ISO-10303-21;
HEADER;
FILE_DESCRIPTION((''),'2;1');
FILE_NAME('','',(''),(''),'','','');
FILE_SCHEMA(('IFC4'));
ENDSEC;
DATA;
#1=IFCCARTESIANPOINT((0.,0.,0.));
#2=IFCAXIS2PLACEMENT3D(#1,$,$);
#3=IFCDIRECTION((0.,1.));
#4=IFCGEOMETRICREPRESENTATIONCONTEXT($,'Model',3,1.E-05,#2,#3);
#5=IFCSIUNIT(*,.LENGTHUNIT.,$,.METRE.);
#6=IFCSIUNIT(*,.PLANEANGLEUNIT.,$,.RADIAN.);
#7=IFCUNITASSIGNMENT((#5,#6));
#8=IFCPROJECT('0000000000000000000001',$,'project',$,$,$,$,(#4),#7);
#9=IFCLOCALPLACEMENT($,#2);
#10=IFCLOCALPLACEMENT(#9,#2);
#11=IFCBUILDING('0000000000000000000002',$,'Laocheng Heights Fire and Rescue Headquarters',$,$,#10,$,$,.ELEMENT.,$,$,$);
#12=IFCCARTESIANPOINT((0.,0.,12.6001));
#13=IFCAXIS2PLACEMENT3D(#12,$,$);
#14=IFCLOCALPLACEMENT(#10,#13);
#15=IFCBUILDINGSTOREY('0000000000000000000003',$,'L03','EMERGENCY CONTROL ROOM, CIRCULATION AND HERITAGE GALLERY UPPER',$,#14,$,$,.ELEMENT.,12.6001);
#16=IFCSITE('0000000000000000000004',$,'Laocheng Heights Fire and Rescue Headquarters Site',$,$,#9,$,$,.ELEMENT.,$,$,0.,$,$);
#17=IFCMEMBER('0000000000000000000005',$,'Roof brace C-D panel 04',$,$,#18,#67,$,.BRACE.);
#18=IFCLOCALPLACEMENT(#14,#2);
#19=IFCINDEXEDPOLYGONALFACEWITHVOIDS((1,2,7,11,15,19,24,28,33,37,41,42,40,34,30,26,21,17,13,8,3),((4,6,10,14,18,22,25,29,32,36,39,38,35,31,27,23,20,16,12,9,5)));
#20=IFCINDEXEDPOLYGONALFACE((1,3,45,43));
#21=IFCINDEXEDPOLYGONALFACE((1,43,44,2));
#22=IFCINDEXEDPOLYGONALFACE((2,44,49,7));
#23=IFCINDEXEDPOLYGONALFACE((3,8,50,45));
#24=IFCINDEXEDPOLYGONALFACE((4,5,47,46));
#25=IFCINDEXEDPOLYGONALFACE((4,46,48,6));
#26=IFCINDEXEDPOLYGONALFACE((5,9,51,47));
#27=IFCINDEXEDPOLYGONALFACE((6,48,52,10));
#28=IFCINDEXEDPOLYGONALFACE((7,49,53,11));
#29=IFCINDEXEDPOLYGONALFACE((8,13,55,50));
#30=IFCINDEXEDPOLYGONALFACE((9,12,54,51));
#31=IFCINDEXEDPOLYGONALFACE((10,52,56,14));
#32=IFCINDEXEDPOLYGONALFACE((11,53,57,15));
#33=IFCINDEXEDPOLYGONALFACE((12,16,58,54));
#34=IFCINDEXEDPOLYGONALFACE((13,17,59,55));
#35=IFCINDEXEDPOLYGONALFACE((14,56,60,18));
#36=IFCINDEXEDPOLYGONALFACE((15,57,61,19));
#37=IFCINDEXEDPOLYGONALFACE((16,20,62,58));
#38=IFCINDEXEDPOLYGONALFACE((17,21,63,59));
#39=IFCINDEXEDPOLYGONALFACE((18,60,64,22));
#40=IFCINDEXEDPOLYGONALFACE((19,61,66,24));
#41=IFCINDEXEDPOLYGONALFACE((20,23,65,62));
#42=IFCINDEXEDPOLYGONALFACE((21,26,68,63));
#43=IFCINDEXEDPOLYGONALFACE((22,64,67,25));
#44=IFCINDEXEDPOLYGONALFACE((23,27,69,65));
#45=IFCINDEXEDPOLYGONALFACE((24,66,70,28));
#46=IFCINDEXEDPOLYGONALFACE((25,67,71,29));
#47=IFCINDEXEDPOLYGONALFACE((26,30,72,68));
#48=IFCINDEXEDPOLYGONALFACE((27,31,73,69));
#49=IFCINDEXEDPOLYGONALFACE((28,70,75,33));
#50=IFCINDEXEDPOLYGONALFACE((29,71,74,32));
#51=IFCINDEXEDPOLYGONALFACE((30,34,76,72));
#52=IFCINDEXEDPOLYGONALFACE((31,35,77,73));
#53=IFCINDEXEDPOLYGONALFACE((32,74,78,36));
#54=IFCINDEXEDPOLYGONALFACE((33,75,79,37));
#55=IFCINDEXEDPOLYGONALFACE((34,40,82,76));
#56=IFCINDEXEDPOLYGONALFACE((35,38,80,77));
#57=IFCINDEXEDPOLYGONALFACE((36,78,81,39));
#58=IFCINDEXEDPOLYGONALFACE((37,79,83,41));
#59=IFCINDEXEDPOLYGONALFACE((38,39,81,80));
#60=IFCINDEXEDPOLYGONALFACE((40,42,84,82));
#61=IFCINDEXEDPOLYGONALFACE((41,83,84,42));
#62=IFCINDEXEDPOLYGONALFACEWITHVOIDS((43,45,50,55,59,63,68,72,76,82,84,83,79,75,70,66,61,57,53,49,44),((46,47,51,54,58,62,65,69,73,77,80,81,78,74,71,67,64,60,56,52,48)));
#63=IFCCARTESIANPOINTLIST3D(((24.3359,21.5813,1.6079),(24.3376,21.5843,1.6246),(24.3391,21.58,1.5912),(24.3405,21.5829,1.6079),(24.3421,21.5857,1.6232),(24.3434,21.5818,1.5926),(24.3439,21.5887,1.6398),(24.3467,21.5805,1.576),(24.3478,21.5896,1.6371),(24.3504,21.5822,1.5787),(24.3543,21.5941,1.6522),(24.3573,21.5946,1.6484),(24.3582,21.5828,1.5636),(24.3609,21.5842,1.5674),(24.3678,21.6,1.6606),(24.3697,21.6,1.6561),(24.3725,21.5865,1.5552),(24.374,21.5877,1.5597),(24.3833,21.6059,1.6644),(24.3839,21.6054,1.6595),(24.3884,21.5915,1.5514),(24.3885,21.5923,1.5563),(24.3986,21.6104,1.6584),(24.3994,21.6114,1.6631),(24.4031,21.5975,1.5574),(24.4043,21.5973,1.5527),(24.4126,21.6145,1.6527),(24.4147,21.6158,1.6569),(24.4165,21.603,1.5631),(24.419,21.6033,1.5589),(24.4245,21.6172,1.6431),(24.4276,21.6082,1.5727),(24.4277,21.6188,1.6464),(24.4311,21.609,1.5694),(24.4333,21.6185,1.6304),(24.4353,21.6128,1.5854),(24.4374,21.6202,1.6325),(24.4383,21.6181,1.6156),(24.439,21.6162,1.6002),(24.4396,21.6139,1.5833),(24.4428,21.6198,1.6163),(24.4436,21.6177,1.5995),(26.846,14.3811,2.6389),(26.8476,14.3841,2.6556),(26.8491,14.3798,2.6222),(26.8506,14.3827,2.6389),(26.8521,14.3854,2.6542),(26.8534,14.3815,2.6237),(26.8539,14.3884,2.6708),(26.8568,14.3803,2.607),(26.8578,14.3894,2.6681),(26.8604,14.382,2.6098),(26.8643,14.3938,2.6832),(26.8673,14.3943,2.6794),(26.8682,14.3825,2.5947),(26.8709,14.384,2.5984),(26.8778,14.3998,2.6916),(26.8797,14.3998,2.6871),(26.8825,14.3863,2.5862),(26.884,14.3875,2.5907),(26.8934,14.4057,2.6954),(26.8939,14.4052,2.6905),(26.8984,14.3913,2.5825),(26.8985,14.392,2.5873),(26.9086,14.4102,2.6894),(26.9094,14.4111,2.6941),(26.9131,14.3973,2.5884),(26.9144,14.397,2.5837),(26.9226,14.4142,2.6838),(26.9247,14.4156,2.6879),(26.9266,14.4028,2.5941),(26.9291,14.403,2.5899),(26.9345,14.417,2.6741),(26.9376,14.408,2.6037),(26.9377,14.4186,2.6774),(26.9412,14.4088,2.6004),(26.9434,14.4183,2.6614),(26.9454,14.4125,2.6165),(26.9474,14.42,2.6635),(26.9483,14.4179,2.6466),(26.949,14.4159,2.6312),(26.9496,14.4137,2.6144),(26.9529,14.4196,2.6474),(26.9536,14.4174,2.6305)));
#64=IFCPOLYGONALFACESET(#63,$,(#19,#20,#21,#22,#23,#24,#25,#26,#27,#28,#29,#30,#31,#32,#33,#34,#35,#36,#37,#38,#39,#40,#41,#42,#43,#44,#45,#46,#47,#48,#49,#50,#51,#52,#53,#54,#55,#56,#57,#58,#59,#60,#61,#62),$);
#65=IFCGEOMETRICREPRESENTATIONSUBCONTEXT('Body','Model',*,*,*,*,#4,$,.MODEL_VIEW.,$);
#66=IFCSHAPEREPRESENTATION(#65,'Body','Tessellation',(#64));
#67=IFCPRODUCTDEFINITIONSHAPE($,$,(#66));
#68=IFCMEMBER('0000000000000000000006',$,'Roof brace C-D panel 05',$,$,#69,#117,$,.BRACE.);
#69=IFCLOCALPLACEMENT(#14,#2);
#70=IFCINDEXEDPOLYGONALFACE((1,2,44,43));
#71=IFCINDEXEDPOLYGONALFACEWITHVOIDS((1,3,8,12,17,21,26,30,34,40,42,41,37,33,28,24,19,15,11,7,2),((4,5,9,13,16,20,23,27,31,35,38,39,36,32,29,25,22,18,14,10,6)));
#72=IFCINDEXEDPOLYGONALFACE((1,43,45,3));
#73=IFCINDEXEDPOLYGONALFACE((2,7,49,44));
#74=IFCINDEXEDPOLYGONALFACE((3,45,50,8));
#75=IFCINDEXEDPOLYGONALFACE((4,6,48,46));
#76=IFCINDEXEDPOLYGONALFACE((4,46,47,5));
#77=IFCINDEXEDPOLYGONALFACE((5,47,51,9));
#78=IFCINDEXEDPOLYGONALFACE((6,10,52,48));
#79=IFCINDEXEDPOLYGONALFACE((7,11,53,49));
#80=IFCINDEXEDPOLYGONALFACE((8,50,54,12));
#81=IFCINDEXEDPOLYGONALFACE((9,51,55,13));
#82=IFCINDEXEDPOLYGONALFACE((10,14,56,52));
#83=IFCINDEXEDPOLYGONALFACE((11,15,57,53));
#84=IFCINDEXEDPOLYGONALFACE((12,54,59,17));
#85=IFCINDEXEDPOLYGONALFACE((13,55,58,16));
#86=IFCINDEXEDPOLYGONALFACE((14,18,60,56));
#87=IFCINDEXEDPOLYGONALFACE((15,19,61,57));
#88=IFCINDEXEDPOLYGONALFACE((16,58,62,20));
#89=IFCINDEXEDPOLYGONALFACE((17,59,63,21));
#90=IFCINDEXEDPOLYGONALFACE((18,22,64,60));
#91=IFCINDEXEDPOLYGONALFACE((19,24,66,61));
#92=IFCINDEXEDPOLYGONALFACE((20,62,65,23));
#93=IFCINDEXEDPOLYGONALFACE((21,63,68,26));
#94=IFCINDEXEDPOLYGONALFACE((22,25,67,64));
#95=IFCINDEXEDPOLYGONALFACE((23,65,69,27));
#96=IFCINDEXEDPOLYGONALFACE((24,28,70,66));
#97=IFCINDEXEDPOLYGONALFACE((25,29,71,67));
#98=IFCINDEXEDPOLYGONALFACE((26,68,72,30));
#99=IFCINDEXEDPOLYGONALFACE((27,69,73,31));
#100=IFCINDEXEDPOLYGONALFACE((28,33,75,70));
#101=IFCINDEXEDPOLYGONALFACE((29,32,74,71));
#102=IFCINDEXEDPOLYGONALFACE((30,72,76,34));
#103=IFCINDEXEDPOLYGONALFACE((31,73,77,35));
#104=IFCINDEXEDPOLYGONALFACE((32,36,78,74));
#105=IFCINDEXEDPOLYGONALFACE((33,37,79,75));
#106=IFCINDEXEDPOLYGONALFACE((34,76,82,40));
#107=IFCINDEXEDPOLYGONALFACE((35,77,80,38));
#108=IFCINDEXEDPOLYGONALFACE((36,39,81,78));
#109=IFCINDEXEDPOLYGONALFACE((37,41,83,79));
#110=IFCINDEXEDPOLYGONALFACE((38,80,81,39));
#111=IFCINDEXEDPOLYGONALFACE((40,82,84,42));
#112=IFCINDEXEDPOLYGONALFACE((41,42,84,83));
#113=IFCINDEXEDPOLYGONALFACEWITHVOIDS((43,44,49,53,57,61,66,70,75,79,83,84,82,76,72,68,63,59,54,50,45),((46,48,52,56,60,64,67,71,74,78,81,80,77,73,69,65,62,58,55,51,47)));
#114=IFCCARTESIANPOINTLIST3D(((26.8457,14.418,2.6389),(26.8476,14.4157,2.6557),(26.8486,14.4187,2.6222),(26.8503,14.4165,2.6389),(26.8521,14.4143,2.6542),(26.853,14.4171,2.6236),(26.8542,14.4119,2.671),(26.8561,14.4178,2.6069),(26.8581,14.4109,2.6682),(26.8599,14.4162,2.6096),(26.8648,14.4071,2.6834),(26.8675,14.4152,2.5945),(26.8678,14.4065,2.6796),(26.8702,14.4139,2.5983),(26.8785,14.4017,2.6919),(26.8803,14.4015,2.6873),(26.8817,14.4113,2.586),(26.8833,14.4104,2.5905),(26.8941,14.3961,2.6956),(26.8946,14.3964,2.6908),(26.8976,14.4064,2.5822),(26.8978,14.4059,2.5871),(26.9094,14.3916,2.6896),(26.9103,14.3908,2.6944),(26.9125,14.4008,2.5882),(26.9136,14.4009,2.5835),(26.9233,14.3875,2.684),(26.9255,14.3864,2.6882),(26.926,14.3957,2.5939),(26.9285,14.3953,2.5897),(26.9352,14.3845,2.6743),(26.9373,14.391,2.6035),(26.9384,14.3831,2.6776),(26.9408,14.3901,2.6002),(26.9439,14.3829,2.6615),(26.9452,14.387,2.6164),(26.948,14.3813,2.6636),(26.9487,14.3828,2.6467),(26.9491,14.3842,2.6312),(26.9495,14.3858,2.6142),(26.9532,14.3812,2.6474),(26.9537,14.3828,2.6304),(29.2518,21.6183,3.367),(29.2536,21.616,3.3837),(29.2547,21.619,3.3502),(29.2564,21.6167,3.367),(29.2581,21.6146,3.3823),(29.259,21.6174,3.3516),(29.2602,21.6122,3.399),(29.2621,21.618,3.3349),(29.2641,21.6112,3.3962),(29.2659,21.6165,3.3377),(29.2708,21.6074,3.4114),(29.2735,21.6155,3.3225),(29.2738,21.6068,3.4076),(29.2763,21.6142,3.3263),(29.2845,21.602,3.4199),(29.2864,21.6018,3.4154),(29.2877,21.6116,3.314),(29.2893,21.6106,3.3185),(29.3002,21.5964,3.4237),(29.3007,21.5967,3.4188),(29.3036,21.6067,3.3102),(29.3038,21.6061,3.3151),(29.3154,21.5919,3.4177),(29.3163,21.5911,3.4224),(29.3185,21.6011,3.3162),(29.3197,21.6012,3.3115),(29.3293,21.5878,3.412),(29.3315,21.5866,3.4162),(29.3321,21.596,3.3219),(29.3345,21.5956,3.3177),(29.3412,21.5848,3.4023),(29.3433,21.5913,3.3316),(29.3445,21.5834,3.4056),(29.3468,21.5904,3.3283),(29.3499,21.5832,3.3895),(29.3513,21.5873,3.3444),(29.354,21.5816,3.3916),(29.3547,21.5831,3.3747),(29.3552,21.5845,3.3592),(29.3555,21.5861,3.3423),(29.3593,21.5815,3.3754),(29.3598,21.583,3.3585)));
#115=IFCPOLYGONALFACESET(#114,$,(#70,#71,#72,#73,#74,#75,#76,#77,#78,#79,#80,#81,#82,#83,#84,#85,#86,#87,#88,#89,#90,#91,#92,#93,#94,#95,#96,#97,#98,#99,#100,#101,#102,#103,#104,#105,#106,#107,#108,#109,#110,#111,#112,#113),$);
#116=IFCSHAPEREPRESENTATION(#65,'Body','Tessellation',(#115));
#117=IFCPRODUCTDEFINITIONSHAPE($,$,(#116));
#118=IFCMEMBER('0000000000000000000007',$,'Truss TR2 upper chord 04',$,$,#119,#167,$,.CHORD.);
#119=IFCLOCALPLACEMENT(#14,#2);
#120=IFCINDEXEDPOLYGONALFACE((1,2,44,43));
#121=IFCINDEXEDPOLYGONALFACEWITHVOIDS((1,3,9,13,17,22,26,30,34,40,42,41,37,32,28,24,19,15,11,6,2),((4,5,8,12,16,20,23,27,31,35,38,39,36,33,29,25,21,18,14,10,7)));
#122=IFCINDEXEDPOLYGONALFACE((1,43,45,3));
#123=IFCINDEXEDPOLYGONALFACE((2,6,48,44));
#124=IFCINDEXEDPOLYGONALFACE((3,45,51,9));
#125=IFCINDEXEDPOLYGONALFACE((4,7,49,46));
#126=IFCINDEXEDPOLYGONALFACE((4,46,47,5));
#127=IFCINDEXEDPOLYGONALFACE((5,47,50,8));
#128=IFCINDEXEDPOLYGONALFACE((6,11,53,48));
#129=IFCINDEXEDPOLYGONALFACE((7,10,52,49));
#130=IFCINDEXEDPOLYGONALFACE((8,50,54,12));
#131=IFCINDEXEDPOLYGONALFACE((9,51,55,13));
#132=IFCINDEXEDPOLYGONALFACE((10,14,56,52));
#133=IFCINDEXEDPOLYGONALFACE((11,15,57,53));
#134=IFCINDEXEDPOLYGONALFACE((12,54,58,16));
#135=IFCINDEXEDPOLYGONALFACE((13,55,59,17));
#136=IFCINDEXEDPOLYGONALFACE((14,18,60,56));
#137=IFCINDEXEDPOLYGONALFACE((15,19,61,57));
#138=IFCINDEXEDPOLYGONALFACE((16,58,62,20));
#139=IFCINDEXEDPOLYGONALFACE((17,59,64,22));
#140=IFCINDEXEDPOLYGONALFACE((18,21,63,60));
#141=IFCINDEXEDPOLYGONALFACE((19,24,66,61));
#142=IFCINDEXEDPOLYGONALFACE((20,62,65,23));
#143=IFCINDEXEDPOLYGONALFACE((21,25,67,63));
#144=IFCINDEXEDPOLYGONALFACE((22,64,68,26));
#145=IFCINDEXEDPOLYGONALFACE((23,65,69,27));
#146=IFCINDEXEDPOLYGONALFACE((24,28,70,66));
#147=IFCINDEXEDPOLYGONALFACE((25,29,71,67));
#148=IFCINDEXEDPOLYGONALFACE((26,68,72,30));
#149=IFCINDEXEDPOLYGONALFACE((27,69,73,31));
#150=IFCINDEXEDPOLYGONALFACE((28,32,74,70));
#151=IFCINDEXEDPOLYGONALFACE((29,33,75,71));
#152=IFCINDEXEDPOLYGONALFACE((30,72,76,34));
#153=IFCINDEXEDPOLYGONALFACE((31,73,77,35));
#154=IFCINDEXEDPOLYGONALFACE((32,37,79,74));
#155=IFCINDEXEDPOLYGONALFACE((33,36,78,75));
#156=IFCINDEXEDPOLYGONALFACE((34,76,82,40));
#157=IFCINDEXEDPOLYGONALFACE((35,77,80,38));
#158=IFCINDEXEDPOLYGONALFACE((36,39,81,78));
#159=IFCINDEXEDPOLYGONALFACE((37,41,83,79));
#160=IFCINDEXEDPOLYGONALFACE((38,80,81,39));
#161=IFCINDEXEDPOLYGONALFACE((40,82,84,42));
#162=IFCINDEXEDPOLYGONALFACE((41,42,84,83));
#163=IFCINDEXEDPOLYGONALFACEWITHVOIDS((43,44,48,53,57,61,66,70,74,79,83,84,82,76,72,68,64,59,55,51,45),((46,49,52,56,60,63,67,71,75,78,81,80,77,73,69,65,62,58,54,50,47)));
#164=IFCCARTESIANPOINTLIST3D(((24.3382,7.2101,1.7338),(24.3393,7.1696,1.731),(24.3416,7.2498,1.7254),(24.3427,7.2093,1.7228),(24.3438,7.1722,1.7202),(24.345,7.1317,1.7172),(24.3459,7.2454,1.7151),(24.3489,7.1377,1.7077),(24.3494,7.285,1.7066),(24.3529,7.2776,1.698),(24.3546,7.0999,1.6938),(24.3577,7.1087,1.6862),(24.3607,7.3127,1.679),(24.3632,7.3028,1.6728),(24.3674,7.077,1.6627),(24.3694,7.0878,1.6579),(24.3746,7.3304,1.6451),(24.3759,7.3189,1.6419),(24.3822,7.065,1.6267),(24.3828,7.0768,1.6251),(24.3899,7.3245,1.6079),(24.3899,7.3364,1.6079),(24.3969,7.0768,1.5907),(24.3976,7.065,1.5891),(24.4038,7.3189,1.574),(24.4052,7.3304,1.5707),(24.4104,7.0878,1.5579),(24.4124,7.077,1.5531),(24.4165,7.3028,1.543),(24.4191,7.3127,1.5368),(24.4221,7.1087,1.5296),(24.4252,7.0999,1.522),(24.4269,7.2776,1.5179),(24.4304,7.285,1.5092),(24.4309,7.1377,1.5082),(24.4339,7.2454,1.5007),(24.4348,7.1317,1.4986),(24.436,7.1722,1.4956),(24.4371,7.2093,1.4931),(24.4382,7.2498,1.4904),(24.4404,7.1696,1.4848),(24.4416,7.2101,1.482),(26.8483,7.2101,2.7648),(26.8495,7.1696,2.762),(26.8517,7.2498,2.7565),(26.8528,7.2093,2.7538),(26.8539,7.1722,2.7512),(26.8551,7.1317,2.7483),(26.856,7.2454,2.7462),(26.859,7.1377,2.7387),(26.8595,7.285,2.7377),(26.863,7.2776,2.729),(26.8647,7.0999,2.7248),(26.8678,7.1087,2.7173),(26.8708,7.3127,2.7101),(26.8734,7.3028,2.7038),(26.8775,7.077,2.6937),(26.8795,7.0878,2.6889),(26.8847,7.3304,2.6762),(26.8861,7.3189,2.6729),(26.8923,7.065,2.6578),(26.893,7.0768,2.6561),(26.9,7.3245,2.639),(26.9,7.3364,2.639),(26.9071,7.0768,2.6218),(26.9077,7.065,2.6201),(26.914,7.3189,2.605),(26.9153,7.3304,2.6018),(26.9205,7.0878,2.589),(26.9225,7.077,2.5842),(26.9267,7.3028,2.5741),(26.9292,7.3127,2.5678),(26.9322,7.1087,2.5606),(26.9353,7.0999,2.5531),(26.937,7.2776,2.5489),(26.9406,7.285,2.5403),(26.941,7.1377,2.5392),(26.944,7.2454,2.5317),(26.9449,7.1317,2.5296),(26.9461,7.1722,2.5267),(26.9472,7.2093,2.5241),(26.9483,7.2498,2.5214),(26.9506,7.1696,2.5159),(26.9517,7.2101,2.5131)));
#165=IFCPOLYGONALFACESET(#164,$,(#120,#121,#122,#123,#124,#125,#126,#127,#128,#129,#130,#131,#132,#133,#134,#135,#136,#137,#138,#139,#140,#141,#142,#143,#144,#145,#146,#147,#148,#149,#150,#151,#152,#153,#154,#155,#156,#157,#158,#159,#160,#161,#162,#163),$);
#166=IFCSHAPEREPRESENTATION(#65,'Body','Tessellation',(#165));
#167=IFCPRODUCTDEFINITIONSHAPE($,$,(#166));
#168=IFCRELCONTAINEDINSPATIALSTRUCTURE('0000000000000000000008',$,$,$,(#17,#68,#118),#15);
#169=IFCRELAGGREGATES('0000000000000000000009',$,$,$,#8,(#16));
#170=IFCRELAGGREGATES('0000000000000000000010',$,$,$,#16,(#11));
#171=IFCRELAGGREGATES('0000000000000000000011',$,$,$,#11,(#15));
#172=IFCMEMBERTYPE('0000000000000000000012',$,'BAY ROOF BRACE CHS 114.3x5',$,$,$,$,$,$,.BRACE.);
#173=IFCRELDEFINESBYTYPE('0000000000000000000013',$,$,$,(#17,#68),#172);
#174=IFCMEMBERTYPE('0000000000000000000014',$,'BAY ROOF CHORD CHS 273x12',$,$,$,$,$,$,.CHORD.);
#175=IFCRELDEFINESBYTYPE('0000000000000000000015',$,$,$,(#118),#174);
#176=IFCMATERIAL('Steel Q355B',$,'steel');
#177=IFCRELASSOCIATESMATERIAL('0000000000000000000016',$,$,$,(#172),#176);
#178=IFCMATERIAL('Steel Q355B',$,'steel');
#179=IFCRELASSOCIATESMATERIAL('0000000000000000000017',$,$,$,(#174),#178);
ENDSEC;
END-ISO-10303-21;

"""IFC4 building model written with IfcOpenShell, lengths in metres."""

from ifc_helpers import new_model, si_unit, direction, frame, origin, origin_2d, place, context, subcontext, project, spatial, hollow_circle, extrude, material, material_profile, profile_set, type_object, element, save


model = new_model("IFC4")

# Units and contexts
model_context = context("Model", 3, precision=1e-05, world=origin(), true_north=direction((0.0, 1.0)))
body_context = subcontext(model_context, "Body", "Model", "MODEL_VIEW")
ifc_project = project(units=[si_unit("LENGTHUNIT", "METRE"), si_unit("PLANEANGLEUNIT", "RADIAN")], contexts=[model_context])

# Site, building, storey
site_placement = place(None, origin())
site = spatial("IfcSite", under=ifc_project, at=site_placement, Name="Laocheng Heights Fire and Rescue Headquarters Site", CompositionType="ELEMENT", RefElevation=0.0)
building_placement = place(site_placement, origin())
building = spatial("IfcBuilding", under=site, at=building_placement, Name="Laocheng Heights Fire and Rescue Headquarters", CompositionType="ELEMENT")
storey_placement = place(building_placement, frame((0.0, 0.0, 12.6001)))
storey = spatial("IfcBuildingStorey", under=building, at=storey_placement, Name="L03", Description="EMERGENCY CONTROL ROOM, CIRCULATION AND HERITAGE GALLERY UPPER", CompositionType="ELEMENT", Elevation=12.6001)

# Members
ifc_material_1 = material(Name="Steel Q355B", Category="steel")
ifc_material_profile_1 = material_profile(ifc_material_1, hollow_circle(Radius=0.0571, WallThickness=0.0049, at=origin_2d()), Name="CHS 114.3x5")
ifc_profile_set_1 = profile_set([ifc_material_profile_1], Name="Steel Q355B")
member_type_1 = type_object("IfcMemberType", Name="BAY ROOF BRACE CHS 114.3x5", PredefinedType="BRACE", material=ifc_profile_set_1)
member_1_placement = place(storey_placement, frame((26.8999, 14.3999, 2.6389), z_axis=(-0.326207, 0.935754, -0.133992), x_axis=(-0.944269, -0.329175, 0.0)))
element("IfcMember", 1, at=member_1_placement, inside=storey, type_object=member_type_1, Name="Roof brace C-D panel 04", PredefinedType="BRACE", context=body_context, shape_type="SweptSolid", body=[
    extrude(hollow_circle(Radius=0.0571, WallThickness=0.0049, at=origin_2d()), origin(), (0.0, 0.0, 1.0), 7.6946),
])
member_2_placement = place(storey_placement, frame((26.8999, 14.3999, 2.6389), z_axis=(0.315485, 0.944117, 0.095462), x_axis=(-0.948448, 0.316932, 0.0)))
element("IfcMember", 2, at=member_2_placement, inside=storey, type_object=member_type_1, Name="Roof brace C-D panel 05", PredefinedType="BRACE", context=body_context, shape_type="SweptSolid", body=[
    extrude(hollow_circle(Radius=0.0571, WallThickness=0.0049, at=origin_2d()), origin(), (0.0, 0.0, 1.0), 7.6265),
])
ifc_material_2 = material(Name="Steel Q355B", Category="steel")
ifc_material_profile_2 = material_profile(ifc_material_2, hollow_circle(Radius=0.1365, WallThickness=0.012, at=origin_2d()), Name="CHS 273x12")
ifc_profile_set_2 = profile_set([ifc_material_profile_2], Name="Steel Q355B")
member_type_2 = type_object("IfcMemberType", Name="BAY ROOF CHORD CHS 273x12", PredefinedType="CHORD", material=ifc_profile_set_2)
member_3_placement = place(storey_placement, frame((24.3899, 7.2, 1.6079), z_axis=(0.925006, 0.0, 0.379953), x_axis=(0.0, 1.0, 0.0)))
element("IfcMember", 3, at=member_3_placement, inside=storey, type_object=member_type_2, Name="Truss TR2 upper chord 04", PredefinedType="CHORD", context=body_context, shape_type="SweptSolid", body=[
    extrude(hollow_circle(Radius=0.1365, WallThickness=0.012, at=origin_2d()), origin(), (0.0, 0.0, 1.0), 2.7136),
])

save(model, "model.ifc")
